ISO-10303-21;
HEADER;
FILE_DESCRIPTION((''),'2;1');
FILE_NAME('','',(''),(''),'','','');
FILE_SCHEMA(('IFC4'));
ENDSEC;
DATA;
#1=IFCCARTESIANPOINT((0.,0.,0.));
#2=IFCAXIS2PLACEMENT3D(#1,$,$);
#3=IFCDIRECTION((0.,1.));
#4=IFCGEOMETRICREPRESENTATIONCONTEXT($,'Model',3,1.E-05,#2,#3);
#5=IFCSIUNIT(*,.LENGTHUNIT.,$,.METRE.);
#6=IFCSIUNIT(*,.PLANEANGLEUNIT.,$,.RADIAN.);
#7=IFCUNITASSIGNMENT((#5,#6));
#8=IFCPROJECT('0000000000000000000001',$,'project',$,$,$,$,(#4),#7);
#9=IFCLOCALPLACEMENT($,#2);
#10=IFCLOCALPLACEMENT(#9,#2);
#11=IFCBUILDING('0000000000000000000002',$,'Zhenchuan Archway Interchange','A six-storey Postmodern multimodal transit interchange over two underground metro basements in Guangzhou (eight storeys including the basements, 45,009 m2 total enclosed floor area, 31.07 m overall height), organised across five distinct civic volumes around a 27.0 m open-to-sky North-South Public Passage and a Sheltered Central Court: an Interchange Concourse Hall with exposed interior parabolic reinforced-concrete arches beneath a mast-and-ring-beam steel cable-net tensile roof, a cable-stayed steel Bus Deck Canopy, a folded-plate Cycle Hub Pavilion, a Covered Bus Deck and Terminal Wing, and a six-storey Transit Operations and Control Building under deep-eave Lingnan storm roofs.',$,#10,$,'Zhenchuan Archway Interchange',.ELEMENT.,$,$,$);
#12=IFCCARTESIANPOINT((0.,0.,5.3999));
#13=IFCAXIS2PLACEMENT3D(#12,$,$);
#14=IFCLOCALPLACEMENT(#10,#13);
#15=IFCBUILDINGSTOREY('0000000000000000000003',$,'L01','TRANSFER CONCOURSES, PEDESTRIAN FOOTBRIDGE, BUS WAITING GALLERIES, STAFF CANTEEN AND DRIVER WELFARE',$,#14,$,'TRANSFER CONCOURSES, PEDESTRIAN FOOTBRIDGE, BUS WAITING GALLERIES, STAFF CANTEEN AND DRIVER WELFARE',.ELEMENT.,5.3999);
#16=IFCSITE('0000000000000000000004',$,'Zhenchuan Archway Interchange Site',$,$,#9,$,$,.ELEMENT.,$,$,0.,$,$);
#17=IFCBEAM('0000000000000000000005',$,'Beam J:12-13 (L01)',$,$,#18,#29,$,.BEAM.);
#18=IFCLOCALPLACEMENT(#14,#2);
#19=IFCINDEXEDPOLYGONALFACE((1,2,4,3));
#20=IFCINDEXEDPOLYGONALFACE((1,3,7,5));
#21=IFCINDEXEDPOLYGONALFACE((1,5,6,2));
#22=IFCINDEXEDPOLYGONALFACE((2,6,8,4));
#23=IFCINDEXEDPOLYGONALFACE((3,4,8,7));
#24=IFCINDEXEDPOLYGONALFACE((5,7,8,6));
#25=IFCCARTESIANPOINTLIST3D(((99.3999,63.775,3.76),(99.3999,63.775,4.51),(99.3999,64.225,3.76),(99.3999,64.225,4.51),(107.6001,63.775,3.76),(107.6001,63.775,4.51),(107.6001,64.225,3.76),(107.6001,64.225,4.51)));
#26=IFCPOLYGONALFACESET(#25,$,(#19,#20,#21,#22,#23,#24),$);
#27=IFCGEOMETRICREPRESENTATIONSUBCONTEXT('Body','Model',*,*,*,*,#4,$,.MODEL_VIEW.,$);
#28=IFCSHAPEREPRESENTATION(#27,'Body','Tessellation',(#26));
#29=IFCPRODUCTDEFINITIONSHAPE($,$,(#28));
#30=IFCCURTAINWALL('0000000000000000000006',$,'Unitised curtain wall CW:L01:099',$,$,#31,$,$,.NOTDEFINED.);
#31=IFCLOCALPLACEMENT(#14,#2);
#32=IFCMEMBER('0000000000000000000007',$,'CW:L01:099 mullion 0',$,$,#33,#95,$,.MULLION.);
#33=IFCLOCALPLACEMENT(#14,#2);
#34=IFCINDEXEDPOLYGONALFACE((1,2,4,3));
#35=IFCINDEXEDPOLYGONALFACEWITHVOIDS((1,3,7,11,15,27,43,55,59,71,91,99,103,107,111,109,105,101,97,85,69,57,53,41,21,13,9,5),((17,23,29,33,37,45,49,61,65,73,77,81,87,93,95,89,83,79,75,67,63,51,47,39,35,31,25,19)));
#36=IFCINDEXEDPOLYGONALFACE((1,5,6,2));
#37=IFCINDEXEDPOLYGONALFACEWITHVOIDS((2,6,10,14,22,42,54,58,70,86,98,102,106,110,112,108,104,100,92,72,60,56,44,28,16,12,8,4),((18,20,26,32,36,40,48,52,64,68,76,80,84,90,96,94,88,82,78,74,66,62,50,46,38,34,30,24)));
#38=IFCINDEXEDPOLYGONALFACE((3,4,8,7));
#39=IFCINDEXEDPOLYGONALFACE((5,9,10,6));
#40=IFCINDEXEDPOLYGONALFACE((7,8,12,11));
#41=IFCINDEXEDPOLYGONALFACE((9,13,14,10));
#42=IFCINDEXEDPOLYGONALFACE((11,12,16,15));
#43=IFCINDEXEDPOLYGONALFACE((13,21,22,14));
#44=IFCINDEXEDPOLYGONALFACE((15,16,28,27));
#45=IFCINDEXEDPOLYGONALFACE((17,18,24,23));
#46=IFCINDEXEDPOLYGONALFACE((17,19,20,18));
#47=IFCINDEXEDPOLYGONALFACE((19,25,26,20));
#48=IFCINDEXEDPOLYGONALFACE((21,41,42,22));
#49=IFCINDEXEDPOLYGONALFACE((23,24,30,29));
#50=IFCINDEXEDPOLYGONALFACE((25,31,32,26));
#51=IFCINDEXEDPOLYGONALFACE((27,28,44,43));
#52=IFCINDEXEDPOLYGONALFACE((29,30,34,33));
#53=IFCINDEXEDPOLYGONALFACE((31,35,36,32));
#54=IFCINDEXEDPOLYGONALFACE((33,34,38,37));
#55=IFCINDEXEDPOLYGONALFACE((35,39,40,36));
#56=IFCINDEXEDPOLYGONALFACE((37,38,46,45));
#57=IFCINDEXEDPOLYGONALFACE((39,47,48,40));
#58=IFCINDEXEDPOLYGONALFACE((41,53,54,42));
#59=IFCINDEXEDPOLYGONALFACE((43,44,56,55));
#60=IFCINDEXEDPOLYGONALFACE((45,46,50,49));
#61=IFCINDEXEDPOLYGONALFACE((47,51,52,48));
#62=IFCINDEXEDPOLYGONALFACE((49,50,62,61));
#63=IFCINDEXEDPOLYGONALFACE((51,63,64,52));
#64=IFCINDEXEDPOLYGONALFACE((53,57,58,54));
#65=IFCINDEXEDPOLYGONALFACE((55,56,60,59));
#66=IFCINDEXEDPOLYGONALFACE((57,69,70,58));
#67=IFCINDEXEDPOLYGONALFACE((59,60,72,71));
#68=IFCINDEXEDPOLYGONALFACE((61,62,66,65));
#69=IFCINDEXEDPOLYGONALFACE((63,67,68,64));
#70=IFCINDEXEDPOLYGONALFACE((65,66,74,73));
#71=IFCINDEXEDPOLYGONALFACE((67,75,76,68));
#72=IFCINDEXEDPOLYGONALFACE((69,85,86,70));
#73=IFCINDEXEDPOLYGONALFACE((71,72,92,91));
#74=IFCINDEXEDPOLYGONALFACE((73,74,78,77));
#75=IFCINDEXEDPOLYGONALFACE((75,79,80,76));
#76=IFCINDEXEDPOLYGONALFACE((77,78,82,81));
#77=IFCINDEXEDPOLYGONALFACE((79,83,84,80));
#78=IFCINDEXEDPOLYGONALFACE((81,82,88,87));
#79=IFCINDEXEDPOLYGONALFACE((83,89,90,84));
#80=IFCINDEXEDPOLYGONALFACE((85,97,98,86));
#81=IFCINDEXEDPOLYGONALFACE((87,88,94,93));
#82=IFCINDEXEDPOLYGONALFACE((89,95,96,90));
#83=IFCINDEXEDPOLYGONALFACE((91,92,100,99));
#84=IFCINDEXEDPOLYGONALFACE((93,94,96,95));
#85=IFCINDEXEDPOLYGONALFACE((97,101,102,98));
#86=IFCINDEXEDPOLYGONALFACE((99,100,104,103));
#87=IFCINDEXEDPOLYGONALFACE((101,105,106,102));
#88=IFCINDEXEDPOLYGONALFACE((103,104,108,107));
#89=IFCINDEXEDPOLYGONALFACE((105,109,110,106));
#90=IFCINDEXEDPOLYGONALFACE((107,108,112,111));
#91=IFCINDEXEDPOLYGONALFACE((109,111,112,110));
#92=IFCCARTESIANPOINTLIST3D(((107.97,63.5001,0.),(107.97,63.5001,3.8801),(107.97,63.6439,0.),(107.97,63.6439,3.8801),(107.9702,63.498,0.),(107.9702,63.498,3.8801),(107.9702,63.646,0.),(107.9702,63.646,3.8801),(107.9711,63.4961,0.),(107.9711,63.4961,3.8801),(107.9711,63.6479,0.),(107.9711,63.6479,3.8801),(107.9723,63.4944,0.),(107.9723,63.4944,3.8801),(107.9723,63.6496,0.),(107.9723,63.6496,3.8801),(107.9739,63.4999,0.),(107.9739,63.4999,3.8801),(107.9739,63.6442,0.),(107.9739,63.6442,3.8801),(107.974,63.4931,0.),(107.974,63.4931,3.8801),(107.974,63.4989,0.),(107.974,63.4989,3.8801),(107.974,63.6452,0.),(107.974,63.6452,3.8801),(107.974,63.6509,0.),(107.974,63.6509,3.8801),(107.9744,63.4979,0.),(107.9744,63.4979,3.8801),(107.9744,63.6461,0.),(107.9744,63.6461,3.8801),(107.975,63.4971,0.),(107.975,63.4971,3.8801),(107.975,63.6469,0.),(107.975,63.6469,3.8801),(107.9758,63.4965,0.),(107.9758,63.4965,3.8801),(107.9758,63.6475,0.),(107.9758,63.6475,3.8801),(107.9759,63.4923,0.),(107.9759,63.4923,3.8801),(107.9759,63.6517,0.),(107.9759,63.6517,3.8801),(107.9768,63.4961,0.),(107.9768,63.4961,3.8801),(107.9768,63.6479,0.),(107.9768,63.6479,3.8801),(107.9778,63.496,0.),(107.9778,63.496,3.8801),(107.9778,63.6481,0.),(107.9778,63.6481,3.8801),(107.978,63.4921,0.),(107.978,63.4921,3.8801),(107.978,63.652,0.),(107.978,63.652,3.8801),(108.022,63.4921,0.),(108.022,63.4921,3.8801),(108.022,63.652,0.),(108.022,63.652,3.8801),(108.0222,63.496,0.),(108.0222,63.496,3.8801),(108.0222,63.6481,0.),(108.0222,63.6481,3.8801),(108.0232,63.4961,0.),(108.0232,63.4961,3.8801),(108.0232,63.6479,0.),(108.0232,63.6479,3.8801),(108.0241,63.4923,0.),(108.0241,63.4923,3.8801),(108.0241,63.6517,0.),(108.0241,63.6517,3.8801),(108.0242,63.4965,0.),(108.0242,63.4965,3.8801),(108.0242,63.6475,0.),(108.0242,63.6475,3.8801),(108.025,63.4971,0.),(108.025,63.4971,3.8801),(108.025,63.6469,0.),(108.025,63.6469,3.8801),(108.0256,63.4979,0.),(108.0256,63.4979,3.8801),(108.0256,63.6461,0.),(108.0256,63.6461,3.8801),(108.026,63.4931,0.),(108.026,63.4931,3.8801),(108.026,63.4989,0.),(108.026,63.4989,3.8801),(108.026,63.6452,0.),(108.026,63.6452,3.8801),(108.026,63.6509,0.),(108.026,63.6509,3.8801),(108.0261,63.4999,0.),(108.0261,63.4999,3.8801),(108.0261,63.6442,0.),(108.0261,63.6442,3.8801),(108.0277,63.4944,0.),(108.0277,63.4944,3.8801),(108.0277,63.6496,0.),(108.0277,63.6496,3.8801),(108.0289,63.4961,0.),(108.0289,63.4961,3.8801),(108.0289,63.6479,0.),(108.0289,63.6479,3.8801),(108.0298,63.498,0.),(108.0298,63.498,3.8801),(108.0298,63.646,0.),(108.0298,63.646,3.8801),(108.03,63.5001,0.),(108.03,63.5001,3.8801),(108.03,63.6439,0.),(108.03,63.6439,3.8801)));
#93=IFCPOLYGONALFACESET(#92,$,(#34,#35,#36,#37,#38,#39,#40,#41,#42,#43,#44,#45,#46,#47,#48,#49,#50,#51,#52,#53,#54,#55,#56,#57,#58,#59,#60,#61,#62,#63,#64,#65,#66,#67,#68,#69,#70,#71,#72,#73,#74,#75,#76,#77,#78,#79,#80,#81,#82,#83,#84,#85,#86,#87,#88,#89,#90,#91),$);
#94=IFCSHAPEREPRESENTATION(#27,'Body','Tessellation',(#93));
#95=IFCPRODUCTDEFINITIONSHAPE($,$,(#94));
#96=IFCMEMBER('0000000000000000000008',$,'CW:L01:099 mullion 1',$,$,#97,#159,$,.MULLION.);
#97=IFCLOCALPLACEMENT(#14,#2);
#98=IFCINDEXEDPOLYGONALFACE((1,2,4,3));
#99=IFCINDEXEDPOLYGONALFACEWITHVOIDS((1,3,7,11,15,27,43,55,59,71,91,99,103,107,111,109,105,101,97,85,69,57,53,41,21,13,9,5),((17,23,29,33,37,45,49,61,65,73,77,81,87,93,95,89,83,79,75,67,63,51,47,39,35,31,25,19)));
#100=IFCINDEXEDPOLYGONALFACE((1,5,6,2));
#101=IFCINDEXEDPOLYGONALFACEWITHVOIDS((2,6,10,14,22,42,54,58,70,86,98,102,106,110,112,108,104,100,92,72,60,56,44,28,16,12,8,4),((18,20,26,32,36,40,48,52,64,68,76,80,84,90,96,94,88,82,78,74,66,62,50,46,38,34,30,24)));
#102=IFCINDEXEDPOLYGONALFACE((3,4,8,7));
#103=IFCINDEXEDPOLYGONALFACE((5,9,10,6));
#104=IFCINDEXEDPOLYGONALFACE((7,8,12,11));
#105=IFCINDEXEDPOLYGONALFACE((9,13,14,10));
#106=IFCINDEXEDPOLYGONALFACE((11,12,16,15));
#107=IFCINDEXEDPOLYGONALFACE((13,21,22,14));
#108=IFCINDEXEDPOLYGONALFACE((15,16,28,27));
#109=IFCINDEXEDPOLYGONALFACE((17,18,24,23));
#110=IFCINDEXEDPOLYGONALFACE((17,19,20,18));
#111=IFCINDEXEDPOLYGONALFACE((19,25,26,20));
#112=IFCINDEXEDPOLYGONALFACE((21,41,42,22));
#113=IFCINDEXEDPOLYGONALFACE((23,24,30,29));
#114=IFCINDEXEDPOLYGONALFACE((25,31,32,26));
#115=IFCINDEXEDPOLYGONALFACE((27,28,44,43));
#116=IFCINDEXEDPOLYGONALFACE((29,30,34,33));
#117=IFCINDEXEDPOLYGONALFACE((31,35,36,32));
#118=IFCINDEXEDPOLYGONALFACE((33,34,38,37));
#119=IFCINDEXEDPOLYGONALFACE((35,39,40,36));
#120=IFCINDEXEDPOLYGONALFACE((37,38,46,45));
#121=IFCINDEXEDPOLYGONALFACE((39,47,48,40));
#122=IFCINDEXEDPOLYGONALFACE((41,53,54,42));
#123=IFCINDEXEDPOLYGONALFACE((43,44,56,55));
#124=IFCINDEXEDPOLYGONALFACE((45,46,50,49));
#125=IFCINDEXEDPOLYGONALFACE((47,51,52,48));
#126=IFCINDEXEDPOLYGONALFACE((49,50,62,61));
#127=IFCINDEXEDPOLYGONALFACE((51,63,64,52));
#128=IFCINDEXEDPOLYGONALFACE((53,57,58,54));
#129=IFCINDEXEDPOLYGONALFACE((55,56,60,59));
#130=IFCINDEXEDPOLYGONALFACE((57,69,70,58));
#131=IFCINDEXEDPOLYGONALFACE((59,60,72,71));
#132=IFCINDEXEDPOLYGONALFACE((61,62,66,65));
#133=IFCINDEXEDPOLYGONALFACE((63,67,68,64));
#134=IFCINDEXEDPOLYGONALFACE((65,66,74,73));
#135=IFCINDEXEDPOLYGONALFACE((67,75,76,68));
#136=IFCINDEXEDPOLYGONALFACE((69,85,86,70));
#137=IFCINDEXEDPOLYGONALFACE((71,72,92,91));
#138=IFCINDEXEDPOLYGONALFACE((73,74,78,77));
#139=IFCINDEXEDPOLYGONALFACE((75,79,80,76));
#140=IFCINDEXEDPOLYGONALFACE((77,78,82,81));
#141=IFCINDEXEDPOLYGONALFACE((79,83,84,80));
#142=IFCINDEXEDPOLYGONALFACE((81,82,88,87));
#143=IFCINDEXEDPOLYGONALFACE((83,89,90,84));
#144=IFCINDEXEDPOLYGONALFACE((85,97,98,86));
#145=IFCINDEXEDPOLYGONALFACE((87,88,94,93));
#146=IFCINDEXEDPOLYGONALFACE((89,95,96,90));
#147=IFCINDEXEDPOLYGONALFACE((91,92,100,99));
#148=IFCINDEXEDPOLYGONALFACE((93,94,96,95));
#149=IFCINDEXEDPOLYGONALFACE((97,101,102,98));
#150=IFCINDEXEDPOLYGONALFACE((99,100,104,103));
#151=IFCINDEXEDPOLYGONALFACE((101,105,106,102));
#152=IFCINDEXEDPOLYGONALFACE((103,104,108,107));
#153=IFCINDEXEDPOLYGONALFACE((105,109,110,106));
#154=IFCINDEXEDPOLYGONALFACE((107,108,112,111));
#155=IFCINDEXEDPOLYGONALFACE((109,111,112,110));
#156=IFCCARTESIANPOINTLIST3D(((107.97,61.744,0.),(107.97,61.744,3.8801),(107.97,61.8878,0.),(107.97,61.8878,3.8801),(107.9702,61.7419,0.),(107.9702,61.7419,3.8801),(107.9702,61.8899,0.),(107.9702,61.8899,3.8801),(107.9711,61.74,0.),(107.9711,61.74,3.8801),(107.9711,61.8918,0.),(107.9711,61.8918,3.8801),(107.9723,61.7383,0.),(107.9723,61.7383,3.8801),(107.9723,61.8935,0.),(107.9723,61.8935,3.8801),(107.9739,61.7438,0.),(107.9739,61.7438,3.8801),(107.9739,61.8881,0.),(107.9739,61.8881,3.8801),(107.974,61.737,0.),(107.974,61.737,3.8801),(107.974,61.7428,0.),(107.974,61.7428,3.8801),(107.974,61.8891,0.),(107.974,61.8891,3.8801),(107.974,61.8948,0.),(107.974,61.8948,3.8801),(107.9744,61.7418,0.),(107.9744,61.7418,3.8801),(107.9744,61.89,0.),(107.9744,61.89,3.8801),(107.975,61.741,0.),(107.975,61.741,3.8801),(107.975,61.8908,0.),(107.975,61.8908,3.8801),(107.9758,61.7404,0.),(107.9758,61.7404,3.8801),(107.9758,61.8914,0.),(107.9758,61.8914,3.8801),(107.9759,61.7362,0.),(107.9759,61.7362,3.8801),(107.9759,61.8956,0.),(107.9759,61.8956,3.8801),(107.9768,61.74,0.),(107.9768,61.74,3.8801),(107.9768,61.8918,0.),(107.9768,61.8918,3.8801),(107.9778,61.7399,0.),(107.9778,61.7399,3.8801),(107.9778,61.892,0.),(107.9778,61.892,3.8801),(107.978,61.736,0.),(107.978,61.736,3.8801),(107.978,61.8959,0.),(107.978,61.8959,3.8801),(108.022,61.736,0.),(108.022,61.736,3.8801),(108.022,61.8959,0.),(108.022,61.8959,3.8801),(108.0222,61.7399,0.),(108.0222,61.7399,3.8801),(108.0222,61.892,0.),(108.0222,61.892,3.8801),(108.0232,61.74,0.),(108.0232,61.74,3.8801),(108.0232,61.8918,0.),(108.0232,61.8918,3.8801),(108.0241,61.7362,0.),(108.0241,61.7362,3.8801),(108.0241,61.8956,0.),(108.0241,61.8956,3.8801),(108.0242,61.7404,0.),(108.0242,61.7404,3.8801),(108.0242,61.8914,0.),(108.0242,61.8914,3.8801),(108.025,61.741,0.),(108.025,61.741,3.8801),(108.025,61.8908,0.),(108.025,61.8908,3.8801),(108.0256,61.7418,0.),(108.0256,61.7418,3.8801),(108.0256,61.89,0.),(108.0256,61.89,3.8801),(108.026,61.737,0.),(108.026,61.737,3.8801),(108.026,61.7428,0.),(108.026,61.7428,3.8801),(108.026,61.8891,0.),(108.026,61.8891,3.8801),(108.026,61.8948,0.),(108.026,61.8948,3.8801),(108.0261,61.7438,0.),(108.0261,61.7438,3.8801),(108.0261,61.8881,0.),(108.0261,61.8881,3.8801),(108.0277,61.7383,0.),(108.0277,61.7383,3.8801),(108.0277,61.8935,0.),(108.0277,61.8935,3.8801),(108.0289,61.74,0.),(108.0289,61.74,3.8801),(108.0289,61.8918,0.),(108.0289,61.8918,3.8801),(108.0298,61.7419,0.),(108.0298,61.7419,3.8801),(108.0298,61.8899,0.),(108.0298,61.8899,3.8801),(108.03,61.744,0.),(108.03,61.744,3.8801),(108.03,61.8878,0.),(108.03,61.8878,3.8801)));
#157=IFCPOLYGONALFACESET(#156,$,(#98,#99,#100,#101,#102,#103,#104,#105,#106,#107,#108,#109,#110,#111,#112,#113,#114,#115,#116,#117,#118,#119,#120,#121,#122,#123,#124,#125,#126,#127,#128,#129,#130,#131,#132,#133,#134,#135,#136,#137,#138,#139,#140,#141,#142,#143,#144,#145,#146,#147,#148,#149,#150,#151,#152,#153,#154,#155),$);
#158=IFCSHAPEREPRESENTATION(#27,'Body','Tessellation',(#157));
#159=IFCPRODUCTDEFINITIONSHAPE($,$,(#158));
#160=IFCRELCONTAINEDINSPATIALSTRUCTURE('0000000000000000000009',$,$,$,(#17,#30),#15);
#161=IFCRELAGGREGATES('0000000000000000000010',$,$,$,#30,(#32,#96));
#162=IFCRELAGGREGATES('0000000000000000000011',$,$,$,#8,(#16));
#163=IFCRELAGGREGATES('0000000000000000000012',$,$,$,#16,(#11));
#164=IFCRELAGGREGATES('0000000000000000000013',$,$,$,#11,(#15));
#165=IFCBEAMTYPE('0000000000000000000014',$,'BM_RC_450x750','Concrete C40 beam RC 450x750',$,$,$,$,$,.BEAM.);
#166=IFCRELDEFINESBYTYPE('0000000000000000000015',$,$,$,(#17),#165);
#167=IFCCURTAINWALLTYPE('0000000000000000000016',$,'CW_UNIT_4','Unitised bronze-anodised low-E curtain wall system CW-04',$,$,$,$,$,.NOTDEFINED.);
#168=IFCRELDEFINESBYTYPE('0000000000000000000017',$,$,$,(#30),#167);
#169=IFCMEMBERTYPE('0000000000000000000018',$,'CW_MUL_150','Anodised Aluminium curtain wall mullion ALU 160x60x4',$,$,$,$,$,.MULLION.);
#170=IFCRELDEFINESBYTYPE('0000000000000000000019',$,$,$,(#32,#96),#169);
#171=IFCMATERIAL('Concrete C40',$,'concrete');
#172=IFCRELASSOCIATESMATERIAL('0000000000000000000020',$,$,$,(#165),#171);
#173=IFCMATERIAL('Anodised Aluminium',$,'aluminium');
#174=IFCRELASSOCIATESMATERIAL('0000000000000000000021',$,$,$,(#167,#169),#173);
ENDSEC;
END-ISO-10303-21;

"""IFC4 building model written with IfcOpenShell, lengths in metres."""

from ifc_helpers import new_model, si_unit, direction, frame, origin, origin_2d, place, context, subcontext, project, spatial, rectangle, hollow_rectangle, extrude, material, material_profile, profile_set, type_object, element, aggregate, save


model = new_model("IFC4")

# Units and contexts
model_context = context("Model", 3, precision=1e-05, world=origin(), true_north=direction((0.0, 1.0)))
body_context = subcontext(model_context, "Body", "Model", "MODEL_VIEW")
ifc_project = project(units=[si_unit("LENGTHUNIT", "METRE"), si_unit("PLANEANGLEUNIT", "RADIAN")], contexts=[model_context])

# Site, building, storey
site_placement = place(None, origin())
site = spatial("IfcSite", under=ifc_project, at=site_placement, Name="Zhenchuan Archway Interchange Site", CompositionType="ELEMENT", RefElevation=0.0)
building_placement = place(site_placement, origin())
building = spatial("IfcBuilding", under=site, at=building_placement, Name="Zhenchuan Archway Interchange", Description="A six-storey Postmodern multimodal transit interchange over two underground metro basements in Guangzhou (eight storeys including the basements, 45,009 m2 total enclosed floor area, 31.07 m overall height), organised across five distinct civic volumes around a 27.0 m open-to-sky North-South Public Passage and a Sheltered Central Court: an Interchange Concourse Hall with exposed interior parabolic reinforced-concrete arches beneath a mast-and-ring-beam steel cable-net tensile roof, a cable-stayed steel Bus Deck Canopy, a folded-plate Cycle Hub Pavilion, a Covered Bus Deck and Terminal Wing, and a six-storey Transit Operations and Control Building under deep-eave Lingnan storm roofs.", LongName="Zhenchuan Archway Interchange", CompositionType="ELEMENT")
storey_placement = place(building_placement, frame((0.0, 0.0, 5.3999)))
storey = spatial("IfcBuildingStorey", under=building, at=storey_placement, Name="L01", Description="TRANSFER CONCOURSES, PEDESTRIAN FOOTBRIDGE, BUS WAITING GALLERIES, STAFF CANTEEN AND DRIVER WELFARE", LongName="TRANSFER CONCOURSES, PEDESTRIAN FOOTBRIDGE, BUS WAITING GALLERIES, STAFF CANTEEN AND DRIVER WELFARE", CompositionType="ELEMENT", Elevation=5.3999)

# Beam
ifc_material_1 = material(Name="Concrete C40", Category="concrete")
ifc_material_profile_1 = material_profile(ifc_material_1, rectangle(XDim=0.45, YDim=0.75, at=origin_2d()), Name="RC 450x750")
ifc_profile_set_1 = profile_set([ifc_material_profile_1], Name="Concrete C40")
beam_type = type_object("IfcBeamType", Name="BM_RC_450x750", Description="Concrete C40 beam RC 450x750", PredefinedType="BEAM", material=ifc_profile_set_1)
beam_placement = place(storey_placement, frame((99.3999, 64.0, 4.135), z_axis=(1.0, 0.0, 0.0), x_axis=(0.0, 1.0, 0.0)))
element("IfcBeam", 1, at=beam_placement, inside=storey, type_object=beam_type, Name="Beam J:12-13 (L01)", PredefinedType="BEAM", context=body_context, shape_type="SweptSolid", body=[
    extrude(rectangle(XDim=0.45, YDim=0.75, at=origin_2d()), origin(), (0.0, 0.0, 1.0), 8.2002),
])

# Curtain wall, members
ifc_material_2 = material(Name="Anodised Aluminium", Category="aluminium")
curtain_wall_type = type_object("IfcCurtainWallType", Name="CW_UNIT_4", Description="Unitised bronze-anodised low-E curtain wall system CW-04", PredefinedType="NOTDEFINED", material=ifc_material_2)
curtain_wall_placement = place(storey_placement, origin())
curtain_wall = element("IfcCurtainWall", 2, at=curtain_wall_placement, inside=storey, type_object=curtain_wall_type, Name="Unitised curtain wall CW:L01:099", PredefinedType="NOTDEFINED")
ifc_material_profile_2 = material_profile(ifc_material_2, hollow_rectangle(XDim=0.0601, YDim=0.1599, WallThickness=0.0039, InnerFilletRadius=0.0039, OuterFilletRadius=0.0081, at=origin_2d()), Name="ALU 160x60x4")
ifc_profile_set_2 = profile_set([ifc_material_profile_2], Name="Anodised Aluminium")
member_type_1 = type_object("IfcMemberType", Name="CW_MUL_150", Description="Anodised Aluminium curtain wall mullion ALU 160x60x4", PredefinedType="MULLION", material=ifc_profile_set_2)
member_1_placement = place(storey_placement, frame((108.0, 63.572, 0.0), z_axis=(0.0, 0.0, 1.0), x_axis=(1.0, 0.0, 0.0)))
member_1 = element("IfcMember", 3, at=member_1_placement, type_object=member_type_1, Name="CW:L01:099 mullion 0", PredefinedType="MULLION", context=body_context, shape_type="SweptSolid", body=[
    extrude(hollow_rectangle(XDim=0.0601, YDim=0.1599, WallThickness=0.0039, InnerFilletRadius=0.0039, OuterFilletRadius=0.0081, at=origin_2d()), origin(), (0.0, 0.0, 1.0), 3.8801),
])
member_2_placement = place(storey_placement, frame((108.0, 61.8159, 0.0), z_axis=(0.0, 0.0, 1.0), x_axis=(1.0, 0.0, 0.0)))
member_2 = element("IfcMember", 4, at=member_2_placement, type_object=member_type_1, Name="CW:L01:099 mullion 1", PredefinedType="MULLION", context=body_context, shape_type="SweptSolid", body=[
    extrude(hollow_rectangle(XDim=0.0601, YDim=0.1599, WallThickness=0.0039, InnerFilletRadius=0.0039, OuterFilletRadius=0.0081, at=origin_2d()), origin(), (0.0, 0.0, 1.0), 3.8801),
])
aggregate(curtain_wall, [member_1, member_2])

save(model, "model.ifc")
